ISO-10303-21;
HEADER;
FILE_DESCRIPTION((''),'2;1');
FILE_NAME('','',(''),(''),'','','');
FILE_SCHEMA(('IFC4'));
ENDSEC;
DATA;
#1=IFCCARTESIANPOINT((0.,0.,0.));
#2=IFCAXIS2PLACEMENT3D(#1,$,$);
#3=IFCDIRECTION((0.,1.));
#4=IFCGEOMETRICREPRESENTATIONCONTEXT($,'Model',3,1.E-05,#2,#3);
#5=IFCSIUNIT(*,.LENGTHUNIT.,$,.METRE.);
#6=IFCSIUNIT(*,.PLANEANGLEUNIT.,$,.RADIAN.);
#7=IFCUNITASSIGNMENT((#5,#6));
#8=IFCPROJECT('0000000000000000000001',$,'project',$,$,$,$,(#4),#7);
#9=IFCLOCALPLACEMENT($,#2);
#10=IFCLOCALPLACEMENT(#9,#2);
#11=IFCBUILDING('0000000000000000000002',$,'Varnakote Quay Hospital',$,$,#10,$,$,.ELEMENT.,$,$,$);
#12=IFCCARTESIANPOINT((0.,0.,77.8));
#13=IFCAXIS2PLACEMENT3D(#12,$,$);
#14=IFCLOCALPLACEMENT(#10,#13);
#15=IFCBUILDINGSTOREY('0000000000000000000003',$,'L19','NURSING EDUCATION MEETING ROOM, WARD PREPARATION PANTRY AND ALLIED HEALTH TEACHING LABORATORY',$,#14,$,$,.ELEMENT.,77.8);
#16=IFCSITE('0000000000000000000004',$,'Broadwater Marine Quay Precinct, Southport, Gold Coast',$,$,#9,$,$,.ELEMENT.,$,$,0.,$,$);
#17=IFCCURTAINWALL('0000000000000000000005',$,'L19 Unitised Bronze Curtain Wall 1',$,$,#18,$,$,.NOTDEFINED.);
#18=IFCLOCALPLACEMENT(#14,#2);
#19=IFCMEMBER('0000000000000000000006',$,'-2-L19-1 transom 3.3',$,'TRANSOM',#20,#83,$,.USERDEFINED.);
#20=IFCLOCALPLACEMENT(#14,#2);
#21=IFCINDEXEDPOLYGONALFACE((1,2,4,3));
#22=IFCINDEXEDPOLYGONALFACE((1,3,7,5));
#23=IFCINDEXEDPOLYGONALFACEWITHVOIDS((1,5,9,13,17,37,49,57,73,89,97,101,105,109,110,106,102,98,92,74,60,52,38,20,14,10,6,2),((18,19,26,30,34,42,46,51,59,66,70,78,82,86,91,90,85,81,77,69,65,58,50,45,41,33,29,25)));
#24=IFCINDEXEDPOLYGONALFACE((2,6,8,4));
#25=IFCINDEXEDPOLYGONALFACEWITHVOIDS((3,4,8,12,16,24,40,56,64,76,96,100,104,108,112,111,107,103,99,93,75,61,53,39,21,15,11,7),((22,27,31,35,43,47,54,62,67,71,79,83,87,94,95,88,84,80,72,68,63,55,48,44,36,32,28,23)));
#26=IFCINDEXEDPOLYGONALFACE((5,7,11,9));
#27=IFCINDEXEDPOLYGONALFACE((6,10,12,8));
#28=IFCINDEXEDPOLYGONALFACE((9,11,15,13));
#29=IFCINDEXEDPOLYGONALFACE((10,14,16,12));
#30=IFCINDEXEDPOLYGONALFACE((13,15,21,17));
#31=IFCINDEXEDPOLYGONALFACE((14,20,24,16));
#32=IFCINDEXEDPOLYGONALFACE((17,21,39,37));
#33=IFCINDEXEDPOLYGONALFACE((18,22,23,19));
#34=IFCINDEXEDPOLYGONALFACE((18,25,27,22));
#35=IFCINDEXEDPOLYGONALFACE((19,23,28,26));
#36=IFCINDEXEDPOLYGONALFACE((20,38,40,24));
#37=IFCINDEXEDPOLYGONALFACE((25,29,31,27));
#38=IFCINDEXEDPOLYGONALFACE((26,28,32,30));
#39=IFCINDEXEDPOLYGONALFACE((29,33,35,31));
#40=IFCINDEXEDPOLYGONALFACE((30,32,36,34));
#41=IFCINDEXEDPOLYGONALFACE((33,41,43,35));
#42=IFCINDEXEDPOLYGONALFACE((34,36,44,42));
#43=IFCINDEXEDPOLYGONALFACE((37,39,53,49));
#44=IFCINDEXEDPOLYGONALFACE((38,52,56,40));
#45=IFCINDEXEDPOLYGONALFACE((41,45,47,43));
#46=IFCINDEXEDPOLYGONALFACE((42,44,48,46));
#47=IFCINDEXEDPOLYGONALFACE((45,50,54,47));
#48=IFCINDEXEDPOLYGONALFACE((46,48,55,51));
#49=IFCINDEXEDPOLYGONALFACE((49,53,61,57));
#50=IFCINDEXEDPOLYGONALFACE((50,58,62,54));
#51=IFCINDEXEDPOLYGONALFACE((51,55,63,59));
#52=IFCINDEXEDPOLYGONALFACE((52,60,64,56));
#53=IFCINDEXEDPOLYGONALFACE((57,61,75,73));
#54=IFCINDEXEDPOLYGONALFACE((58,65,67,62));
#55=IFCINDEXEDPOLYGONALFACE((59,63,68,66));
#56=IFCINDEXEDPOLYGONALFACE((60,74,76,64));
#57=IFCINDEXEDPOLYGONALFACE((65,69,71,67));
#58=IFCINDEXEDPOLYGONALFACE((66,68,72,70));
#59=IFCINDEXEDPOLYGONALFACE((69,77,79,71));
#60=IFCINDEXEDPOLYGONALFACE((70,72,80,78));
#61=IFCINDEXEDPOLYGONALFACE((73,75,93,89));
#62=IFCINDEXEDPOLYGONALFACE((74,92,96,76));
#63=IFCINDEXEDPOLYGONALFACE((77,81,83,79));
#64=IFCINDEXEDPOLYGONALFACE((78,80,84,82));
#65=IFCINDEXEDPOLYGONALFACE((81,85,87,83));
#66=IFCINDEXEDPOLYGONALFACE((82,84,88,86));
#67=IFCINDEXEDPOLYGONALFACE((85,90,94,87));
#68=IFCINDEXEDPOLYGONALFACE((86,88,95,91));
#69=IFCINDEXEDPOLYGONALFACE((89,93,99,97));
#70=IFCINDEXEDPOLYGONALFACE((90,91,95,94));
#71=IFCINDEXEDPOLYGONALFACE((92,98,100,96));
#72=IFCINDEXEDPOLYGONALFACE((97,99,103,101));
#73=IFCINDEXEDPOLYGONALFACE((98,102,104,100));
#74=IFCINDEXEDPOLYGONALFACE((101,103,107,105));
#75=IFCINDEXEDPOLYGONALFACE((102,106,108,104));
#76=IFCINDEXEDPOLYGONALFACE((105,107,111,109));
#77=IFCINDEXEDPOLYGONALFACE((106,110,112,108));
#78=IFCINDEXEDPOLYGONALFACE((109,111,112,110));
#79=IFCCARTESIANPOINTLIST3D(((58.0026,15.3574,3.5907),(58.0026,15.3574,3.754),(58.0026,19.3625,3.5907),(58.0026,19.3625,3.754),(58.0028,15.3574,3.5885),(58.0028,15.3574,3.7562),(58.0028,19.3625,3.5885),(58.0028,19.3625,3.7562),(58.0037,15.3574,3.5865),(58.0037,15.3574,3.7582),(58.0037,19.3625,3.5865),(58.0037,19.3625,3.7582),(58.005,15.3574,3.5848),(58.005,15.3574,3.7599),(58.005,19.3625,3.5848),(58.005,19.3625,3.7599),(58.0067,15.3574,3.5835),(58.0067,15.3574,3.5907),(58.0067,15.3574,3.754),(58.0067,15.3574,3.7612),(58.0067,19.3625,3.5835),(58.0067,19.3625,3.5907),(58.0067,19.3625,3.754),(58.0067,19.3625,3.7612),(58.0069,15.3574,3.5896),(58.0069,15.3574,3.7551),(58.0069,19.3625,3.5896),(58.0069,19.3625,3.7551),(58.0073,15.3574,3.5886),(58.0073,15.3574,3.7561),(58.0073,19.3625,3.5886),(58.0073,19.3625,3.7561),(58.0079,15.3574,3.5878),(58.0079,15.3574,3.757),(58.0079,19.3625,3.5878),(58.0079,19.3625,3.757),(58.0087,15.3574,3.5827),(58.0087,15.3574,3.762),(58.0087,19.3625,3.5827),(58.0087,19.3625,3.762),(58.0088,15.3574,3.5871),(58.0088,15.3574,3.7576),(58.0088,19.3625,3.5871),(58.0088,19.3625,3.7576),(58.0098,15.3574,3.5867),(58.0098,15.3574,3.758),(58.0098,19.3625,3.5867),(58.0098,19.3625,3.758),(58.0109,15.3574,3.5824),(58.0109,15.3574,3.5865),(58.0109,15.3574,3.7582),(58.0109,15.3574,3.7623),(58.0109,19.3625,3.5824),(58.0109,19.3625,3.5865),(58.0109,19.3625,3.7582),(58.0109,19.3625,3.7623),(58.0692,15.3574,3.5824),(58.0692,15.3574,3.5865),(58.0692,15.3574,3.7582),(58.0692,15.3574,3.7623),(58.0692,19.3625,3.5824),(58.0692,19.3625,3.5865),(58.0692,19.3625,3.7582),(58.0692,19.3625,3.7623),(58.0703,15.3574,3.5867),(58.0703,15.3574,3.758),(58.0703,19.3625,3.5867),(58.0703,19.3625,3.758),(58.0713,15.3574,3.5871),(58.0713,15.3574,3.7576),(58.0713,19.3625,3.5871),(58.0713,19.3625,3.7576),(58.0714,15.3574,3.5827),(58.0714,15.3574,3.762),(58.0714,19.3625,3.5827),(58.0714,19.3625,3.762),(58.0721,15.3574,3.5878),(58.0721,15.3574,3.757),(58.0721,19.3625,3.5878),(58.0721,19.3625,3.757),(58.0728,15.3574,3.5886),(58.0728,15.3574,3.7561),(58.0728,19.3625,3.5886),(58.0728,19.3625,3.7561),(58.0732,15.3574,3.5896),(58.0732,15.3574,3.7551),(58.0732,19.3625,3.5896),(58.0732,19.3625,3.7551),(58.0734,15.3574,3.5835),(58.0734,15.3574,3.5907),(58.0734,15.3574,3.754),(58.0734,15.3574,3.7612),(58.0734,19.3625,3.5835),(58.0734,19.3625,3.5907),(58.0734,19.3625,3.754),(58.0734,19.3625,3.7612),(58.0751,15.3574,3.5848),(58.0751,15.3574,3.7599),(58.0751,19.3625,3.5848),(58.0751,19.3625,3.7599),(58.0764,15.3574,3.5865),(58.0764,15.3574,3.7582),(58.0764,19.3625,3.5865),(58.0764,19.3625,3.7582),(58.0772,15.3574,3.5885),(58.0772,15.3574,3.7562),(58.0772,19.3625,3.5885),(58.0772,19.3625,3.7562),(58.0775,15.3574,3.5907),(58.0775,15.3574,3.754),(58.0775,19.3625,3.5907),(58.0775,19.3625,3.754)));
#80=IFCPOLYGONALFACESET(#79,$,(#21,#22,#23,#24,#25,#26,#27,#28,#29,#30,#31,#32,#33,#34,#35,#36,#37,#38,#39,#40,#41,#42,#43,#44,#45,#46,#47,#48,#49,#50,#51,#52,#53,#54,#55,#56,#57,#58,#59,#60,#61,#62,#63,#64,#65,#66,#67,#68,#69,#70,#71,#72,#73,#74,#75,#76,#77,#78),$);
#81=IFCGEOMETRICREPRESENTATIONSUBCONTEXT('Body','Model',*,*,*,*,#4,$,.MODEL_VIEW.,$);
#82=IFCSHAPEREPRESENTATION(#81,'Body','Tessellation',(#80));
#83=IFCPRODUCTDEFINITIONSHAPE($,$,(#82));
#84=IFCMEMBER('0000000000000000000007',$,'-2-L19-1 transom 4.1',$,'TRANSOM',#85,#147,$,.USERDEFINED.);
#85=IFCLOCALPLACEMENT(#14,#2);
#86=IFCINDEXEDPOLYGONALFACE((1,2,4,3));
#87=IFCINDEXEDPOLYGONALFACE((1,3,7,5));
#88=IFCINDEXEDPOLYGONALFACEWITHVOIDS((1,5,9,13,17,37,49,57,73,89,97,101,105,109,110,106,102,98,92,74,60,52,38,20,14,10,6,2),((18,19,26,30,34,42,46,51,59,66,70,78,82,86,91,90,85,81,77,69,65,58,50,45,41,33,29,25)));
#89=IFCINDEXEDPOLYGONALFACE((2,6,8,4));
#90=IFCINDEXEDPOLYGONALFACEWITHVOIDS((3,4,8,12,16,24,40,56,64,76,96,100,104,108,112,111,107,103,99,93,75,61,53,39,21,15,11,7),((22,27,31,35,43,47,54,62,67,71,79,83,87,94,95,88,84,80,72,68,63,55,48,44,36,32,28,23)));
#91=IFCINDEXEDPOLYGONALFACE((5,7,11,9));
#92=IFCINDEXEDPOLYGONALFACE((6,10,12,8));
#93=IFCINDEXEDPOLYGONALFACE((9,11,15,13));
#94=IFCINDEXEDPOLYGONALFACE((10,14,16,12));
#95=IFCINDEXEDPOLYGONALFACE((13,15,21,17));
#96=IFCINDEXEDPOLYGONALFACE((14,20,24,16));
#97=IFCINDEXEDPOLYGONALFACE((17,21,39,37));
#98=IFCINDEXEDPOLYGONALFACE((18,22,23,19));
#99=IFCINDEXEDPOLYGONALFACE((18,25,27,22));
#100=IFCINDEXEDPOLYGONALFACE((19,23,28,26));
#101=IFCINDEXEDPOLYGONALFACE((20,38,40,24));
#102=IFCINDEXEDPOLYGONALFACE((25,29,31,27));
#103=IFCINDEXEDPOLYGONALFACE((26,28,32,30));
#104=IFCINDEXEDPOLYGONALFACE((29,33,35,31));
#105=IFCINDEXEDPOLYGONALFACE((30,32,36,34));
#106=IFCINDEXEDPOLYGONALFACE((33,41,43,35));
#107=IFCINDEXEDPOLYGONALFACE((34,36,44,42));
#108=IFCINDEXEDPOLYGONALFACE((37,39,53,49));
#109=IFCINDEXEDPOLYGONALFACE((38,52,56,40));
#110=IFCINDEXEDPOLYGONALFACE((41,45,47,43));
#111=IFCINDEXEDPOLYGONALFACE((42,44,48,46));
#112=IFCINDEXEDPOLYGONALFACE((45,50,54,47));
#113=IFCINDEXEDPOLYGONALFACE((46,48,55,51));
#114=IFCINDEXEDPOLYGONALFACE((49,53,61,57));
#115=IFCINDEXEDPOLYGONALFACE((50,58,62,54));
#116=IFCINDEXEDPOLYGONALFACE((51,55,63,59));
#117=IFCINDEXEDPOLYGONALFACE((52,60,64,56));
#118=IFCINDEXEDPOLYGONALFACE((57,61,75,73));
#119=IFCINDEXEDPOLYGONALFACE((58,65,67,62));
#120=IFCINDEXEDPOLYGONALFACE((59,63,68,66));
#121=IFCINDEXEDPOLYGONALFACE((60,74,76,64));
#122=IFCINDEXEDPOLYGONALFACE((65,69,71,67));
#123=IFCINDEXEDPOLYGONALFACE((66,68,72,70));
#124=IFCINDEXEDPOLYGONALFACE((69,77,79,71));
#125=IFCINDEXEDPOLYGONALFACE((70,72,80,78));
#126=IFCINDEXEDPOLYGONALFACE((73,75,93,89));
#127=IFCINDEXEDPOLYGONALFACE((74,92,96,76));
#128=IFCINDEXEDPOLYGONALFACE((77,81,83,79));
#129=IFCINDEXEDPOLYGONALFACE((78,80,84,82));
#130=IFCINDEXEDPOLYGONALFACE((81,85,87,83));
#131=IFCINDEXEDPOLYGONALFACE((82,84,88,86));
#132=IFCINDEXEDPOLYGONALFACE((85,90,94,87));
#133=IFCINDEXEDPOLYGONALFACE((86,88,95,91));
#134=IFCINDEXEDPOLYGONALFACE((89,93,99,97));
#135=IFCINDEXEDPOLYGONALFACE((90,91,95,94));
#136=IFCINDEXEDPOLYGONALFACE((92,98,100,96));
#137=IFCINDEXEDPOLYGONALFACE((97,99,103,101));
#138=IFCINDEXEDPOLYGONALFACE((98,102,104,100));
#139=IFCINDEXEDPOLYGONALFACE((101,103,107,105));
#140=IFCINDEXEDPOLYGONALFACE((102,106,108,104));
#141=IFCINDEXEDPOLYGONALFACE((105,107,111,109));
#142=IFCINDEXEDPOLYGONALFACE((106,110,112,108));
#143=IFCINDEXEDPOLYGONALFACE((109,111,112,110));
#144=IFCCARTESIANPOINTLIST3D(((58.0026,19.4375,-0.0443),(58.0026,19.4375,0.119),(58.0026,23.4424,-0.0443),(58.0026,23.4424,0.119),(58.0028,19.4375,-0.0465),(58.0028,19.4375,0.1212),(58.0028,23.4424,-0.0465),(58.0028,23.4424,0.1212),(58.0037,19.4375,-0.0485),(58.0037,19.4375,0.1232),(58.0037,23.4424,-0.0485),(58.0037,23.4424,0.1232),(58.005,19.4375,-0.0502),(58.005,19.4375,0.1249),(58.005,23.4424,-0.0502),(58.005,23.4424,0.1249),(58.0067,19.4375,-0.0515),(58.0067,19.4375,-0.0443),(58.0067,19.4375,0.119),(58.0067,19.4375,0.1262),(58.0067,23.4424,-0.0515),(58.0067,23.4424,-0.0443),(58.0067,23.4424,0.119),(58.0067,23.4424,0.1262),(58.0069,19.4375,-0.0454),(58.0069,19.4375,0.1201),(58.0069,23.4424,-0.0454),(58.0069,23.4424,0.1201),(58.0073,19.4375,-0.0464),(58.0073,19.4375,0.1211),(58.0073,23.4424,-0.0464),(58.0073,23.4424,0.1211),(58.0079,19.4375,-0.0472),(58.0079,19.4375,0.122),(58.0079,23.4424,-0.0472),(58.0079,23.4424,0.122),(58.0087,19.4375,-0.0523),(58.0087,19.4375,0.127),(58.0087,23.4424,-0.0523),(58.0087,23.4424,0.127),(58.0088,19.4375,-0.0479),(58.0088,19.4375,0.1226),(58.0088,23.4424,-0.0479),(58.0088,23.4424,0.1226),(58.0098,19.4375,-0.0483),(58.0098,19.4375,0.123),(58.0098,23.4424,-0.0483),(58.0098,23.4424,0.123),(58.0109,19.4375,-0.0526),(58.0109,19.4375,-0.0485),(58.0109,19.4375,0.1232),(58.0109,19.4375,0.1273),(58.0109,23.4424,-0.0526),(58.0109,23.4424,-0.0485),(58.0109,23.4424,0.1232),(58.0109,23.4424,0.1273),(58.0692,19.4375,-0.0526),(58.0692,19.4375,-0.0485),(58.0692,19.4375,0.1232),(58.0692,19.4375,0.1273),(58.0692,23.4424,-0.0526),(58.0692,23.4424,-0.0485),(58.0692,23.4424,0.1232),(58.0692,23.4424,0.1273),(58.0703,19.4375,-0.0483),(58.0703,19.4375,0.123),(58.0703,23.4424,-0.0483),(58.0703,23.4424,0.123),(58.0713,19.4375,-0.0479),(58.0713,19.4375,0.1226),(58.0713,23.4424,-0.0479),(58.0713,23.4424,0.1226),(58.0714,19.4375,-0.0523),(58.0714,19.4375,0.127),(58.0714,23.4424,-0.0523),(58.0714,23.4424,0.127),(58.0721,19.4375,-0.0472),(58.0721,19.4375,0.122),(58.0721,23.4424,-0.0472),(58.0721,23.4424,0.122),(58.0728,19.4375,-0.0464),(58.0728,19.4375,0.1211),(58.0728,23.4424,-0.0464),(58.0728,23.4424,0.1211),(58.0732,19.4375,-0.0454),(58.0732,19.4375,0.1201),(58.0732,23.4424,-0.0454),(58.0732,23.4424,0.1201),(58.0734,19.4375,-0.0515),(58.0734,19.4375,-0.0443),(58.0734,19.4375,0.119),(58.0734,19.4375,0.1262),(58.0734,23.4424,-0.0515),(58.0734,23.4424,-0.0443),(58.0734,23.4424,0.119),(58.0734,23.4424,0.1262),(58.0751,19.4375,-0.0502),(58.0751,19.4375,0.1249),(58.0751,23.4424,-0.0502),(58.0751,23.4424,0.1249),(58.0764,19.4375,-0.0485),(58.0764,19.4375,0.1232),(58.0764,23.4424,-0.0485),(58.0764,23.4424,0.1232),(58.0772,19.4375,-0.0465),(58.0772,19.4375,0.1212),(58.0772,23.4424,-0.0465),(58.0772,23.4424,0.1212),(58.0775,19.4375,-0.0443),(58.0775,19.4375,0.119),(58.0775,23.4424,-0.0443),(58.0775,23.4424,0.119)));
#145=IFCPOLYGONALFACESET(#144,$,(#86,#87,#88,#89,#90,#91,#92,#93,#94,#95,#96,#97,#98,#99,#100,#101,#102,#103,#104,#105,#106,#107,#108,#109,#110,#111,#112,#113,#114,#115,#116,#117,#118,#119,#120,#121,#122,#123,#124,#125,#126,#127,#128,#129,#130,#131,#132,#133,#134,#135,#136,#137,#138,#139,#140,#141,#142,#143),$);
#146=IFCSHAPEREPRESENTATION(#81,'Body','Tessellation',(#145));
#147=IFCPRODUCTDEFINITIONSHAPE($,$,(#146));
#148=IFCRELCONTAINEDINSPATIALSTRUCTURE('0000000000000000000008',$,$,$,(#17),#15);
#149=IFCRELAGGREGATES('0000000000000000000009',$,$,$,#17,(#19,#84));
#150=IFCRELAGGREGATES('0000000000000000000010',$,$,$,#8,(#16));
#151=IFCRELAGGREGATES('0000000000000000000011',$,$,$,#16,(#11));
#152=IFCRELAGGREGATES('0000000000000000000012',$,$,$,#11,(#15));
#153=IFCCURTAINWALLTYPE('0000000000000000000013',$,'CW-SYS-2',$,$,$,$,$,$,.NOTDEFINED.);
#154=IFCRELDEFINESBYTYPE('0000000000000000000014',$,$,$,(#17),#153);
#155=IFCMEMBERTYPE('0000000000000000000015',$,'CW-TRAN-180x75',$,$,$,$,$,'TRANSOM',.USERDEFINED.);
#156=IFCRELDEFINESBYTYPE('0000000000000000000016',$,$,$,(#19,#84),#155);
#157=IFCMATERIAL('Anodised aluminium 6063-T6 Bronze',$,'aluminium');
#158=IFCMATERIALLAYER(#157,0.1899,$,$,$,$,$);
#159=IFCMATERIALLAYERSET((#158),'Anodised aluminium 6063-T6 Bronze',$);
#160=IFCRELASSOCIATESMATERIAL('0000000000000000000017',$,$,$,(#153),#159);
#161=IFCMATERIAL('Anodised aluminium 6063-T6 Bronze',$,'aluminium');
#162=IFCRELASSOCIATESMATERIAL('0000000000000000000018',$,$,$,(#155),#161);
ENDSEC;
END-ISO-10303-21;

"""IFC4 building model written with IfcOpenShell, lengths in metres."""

from ifc_helpers import new_model, si_unit, direction, frame, origin, origin_2d, place, context, subcontext, project, spatial, hollow_rectangle, extrude, material, layer, layer_set, material_profile, profile_set, type_object, element, aggregate, save


model = new_model("IFC4")

# Units and contexts
model_context = context("Model", 3, precision=1e-05, world=origin(), true_north=direction((0.0, 1.0)))
body_context = subcontext(model_context, "Body", "Model", "MODEL_VIEW")
ifc_project = project(units=[si_unit("LENGTHUNIT", "METRE"), si_unit("PLANEANGLEUNIT", "RADIAN")], contexts=[model_context])

# Site, building, storey
site_placement = place(None, origin())
site = spatial("IfcSite", under=ifc_project, at=site_placement, Name="Broadwater Marine Quay Precinct, Southport, Gold Coast", CompositionType="ELEMENT", RefElevation=0.0)
building_placement = place(site_placement, origin())
building = spatial("IfcBuilding", under=site, at=building_placement, Name="Varnakote Quay Hospital", CompositionType="ELEMENT")
storey_placement = place(building_placement, frame((0.0, 0.0, 77.8)))
storey = spatial("IfcBuildingStorey", under=building, at=storey_placement, Name="L19", Description="NURSING EDUCATION MEETING ROOM, WARD PREPARATION PANTRY AND ALLIED HEALTH TEACHING LABORATORY", CompositionType="ELEMENT", Elevation=77.8)

# Curtain wall, members
ifc_material_1 = material(Name="Anodised aluminium 6063-T6 Bronze", Category="aluminium")
ifc_layer_1 = layer(ifc_material_1, 0.1899)
ifc_layer_set_1 = layer_set([ifc_layer_1], Name="Anodised aluminium 6063-T6 Bronze")
curtain_wall_type = type_object("IfcCurtainWallType", Name="CW-SYS-2", PredefinedType="NOTDEFINED", material=ifc_layer_set_1)
curtain_wall_placement = place(storey_placement, origin())
curtain_wall = element("IfcCurtainWall", 1, at=curtain_wall_placement, inside=storey, type_object=curtain_wall_type, Name="L19 Unitised Bronze Curtain Wall 1", PredefinedType="NOTDEFINED")
ifc_material_2 = material(Name="Anodised aluminium 6063-T6 Bronze", Category="aluminium")
ifc_material_profile_1 = material_profile(ifc_material_2, hollow_rectangle(XDim=0.075, YDim=0.1799, WallThickness=0.0042, InnerFilletRadius=0.0042, OuterFilletRadius=0.0083, at=origin_2d()), Name="CW-TRAN-180x75")
ifc_profile_set_1 = profile_set([ifc_material_profile_1], Name="Anodised aluminium 6063-T6 Bronze")
member_type_1 = type_object("IfcMemberType", Name="CW-TRAN-180x75", ElementType="TRANSOM", PredefinedType="USERDEFINED", material=ifc_profile_set_1)
member_1_placement = place(storey_placement, frame((58.04, 15.3574, 3.6724), z_axis=(0.0, 1.0, 0.0), x_axis=(-1.0, 0.0, 0.0)))
member_1 = element("IfcMember", 2, at=member_1_placement, type_object=member_type_1, Name="-2-L19-1 transom 3.3", ObjectType="TRANSOM", PredefinedType="USERDEFINED", context=body_context, shape_type="SweptSolid", body=[
    extrude(hollow_rectangle(XDim=0.075, YDim=0.1799, WallThickness=0.0042, InnerFilletRadius=0.0042, OuterFilletRadius=0.0083, at=origin_2d()), origin(), (0.0, 0.0, 1.0), 4.0051),
])
member_2_placement = place(storey_placement, frame((58.04, 19.4375, 0.0374), z_axis=(0.0, 1.0, 0.0), x_axis=(-1.0, 0.0, 0.0)))
member_2 = element("IfcMember", 3, at=member_2_placement, type_object=member_type_1, Name="-2-L19-1 transom 4.1", ObjectType="TRANSOM", PredefinedType="USERDEFINED", context=body_context, shape_type="SweptSolid", body=[
    extrude(hollow_rectangle(XDim=0.075, YDim=0.1799, WallThickness=0.0042, InnerFilletRadius=0.0042, OuterFilletRadius=0.0083, at=origin_2d()), origin(), (0.0, 0.0, 1.0), 4.0049),
])
aggregate(curtain_wall, [member_1, member_2])

save(model, "model.ifc")
